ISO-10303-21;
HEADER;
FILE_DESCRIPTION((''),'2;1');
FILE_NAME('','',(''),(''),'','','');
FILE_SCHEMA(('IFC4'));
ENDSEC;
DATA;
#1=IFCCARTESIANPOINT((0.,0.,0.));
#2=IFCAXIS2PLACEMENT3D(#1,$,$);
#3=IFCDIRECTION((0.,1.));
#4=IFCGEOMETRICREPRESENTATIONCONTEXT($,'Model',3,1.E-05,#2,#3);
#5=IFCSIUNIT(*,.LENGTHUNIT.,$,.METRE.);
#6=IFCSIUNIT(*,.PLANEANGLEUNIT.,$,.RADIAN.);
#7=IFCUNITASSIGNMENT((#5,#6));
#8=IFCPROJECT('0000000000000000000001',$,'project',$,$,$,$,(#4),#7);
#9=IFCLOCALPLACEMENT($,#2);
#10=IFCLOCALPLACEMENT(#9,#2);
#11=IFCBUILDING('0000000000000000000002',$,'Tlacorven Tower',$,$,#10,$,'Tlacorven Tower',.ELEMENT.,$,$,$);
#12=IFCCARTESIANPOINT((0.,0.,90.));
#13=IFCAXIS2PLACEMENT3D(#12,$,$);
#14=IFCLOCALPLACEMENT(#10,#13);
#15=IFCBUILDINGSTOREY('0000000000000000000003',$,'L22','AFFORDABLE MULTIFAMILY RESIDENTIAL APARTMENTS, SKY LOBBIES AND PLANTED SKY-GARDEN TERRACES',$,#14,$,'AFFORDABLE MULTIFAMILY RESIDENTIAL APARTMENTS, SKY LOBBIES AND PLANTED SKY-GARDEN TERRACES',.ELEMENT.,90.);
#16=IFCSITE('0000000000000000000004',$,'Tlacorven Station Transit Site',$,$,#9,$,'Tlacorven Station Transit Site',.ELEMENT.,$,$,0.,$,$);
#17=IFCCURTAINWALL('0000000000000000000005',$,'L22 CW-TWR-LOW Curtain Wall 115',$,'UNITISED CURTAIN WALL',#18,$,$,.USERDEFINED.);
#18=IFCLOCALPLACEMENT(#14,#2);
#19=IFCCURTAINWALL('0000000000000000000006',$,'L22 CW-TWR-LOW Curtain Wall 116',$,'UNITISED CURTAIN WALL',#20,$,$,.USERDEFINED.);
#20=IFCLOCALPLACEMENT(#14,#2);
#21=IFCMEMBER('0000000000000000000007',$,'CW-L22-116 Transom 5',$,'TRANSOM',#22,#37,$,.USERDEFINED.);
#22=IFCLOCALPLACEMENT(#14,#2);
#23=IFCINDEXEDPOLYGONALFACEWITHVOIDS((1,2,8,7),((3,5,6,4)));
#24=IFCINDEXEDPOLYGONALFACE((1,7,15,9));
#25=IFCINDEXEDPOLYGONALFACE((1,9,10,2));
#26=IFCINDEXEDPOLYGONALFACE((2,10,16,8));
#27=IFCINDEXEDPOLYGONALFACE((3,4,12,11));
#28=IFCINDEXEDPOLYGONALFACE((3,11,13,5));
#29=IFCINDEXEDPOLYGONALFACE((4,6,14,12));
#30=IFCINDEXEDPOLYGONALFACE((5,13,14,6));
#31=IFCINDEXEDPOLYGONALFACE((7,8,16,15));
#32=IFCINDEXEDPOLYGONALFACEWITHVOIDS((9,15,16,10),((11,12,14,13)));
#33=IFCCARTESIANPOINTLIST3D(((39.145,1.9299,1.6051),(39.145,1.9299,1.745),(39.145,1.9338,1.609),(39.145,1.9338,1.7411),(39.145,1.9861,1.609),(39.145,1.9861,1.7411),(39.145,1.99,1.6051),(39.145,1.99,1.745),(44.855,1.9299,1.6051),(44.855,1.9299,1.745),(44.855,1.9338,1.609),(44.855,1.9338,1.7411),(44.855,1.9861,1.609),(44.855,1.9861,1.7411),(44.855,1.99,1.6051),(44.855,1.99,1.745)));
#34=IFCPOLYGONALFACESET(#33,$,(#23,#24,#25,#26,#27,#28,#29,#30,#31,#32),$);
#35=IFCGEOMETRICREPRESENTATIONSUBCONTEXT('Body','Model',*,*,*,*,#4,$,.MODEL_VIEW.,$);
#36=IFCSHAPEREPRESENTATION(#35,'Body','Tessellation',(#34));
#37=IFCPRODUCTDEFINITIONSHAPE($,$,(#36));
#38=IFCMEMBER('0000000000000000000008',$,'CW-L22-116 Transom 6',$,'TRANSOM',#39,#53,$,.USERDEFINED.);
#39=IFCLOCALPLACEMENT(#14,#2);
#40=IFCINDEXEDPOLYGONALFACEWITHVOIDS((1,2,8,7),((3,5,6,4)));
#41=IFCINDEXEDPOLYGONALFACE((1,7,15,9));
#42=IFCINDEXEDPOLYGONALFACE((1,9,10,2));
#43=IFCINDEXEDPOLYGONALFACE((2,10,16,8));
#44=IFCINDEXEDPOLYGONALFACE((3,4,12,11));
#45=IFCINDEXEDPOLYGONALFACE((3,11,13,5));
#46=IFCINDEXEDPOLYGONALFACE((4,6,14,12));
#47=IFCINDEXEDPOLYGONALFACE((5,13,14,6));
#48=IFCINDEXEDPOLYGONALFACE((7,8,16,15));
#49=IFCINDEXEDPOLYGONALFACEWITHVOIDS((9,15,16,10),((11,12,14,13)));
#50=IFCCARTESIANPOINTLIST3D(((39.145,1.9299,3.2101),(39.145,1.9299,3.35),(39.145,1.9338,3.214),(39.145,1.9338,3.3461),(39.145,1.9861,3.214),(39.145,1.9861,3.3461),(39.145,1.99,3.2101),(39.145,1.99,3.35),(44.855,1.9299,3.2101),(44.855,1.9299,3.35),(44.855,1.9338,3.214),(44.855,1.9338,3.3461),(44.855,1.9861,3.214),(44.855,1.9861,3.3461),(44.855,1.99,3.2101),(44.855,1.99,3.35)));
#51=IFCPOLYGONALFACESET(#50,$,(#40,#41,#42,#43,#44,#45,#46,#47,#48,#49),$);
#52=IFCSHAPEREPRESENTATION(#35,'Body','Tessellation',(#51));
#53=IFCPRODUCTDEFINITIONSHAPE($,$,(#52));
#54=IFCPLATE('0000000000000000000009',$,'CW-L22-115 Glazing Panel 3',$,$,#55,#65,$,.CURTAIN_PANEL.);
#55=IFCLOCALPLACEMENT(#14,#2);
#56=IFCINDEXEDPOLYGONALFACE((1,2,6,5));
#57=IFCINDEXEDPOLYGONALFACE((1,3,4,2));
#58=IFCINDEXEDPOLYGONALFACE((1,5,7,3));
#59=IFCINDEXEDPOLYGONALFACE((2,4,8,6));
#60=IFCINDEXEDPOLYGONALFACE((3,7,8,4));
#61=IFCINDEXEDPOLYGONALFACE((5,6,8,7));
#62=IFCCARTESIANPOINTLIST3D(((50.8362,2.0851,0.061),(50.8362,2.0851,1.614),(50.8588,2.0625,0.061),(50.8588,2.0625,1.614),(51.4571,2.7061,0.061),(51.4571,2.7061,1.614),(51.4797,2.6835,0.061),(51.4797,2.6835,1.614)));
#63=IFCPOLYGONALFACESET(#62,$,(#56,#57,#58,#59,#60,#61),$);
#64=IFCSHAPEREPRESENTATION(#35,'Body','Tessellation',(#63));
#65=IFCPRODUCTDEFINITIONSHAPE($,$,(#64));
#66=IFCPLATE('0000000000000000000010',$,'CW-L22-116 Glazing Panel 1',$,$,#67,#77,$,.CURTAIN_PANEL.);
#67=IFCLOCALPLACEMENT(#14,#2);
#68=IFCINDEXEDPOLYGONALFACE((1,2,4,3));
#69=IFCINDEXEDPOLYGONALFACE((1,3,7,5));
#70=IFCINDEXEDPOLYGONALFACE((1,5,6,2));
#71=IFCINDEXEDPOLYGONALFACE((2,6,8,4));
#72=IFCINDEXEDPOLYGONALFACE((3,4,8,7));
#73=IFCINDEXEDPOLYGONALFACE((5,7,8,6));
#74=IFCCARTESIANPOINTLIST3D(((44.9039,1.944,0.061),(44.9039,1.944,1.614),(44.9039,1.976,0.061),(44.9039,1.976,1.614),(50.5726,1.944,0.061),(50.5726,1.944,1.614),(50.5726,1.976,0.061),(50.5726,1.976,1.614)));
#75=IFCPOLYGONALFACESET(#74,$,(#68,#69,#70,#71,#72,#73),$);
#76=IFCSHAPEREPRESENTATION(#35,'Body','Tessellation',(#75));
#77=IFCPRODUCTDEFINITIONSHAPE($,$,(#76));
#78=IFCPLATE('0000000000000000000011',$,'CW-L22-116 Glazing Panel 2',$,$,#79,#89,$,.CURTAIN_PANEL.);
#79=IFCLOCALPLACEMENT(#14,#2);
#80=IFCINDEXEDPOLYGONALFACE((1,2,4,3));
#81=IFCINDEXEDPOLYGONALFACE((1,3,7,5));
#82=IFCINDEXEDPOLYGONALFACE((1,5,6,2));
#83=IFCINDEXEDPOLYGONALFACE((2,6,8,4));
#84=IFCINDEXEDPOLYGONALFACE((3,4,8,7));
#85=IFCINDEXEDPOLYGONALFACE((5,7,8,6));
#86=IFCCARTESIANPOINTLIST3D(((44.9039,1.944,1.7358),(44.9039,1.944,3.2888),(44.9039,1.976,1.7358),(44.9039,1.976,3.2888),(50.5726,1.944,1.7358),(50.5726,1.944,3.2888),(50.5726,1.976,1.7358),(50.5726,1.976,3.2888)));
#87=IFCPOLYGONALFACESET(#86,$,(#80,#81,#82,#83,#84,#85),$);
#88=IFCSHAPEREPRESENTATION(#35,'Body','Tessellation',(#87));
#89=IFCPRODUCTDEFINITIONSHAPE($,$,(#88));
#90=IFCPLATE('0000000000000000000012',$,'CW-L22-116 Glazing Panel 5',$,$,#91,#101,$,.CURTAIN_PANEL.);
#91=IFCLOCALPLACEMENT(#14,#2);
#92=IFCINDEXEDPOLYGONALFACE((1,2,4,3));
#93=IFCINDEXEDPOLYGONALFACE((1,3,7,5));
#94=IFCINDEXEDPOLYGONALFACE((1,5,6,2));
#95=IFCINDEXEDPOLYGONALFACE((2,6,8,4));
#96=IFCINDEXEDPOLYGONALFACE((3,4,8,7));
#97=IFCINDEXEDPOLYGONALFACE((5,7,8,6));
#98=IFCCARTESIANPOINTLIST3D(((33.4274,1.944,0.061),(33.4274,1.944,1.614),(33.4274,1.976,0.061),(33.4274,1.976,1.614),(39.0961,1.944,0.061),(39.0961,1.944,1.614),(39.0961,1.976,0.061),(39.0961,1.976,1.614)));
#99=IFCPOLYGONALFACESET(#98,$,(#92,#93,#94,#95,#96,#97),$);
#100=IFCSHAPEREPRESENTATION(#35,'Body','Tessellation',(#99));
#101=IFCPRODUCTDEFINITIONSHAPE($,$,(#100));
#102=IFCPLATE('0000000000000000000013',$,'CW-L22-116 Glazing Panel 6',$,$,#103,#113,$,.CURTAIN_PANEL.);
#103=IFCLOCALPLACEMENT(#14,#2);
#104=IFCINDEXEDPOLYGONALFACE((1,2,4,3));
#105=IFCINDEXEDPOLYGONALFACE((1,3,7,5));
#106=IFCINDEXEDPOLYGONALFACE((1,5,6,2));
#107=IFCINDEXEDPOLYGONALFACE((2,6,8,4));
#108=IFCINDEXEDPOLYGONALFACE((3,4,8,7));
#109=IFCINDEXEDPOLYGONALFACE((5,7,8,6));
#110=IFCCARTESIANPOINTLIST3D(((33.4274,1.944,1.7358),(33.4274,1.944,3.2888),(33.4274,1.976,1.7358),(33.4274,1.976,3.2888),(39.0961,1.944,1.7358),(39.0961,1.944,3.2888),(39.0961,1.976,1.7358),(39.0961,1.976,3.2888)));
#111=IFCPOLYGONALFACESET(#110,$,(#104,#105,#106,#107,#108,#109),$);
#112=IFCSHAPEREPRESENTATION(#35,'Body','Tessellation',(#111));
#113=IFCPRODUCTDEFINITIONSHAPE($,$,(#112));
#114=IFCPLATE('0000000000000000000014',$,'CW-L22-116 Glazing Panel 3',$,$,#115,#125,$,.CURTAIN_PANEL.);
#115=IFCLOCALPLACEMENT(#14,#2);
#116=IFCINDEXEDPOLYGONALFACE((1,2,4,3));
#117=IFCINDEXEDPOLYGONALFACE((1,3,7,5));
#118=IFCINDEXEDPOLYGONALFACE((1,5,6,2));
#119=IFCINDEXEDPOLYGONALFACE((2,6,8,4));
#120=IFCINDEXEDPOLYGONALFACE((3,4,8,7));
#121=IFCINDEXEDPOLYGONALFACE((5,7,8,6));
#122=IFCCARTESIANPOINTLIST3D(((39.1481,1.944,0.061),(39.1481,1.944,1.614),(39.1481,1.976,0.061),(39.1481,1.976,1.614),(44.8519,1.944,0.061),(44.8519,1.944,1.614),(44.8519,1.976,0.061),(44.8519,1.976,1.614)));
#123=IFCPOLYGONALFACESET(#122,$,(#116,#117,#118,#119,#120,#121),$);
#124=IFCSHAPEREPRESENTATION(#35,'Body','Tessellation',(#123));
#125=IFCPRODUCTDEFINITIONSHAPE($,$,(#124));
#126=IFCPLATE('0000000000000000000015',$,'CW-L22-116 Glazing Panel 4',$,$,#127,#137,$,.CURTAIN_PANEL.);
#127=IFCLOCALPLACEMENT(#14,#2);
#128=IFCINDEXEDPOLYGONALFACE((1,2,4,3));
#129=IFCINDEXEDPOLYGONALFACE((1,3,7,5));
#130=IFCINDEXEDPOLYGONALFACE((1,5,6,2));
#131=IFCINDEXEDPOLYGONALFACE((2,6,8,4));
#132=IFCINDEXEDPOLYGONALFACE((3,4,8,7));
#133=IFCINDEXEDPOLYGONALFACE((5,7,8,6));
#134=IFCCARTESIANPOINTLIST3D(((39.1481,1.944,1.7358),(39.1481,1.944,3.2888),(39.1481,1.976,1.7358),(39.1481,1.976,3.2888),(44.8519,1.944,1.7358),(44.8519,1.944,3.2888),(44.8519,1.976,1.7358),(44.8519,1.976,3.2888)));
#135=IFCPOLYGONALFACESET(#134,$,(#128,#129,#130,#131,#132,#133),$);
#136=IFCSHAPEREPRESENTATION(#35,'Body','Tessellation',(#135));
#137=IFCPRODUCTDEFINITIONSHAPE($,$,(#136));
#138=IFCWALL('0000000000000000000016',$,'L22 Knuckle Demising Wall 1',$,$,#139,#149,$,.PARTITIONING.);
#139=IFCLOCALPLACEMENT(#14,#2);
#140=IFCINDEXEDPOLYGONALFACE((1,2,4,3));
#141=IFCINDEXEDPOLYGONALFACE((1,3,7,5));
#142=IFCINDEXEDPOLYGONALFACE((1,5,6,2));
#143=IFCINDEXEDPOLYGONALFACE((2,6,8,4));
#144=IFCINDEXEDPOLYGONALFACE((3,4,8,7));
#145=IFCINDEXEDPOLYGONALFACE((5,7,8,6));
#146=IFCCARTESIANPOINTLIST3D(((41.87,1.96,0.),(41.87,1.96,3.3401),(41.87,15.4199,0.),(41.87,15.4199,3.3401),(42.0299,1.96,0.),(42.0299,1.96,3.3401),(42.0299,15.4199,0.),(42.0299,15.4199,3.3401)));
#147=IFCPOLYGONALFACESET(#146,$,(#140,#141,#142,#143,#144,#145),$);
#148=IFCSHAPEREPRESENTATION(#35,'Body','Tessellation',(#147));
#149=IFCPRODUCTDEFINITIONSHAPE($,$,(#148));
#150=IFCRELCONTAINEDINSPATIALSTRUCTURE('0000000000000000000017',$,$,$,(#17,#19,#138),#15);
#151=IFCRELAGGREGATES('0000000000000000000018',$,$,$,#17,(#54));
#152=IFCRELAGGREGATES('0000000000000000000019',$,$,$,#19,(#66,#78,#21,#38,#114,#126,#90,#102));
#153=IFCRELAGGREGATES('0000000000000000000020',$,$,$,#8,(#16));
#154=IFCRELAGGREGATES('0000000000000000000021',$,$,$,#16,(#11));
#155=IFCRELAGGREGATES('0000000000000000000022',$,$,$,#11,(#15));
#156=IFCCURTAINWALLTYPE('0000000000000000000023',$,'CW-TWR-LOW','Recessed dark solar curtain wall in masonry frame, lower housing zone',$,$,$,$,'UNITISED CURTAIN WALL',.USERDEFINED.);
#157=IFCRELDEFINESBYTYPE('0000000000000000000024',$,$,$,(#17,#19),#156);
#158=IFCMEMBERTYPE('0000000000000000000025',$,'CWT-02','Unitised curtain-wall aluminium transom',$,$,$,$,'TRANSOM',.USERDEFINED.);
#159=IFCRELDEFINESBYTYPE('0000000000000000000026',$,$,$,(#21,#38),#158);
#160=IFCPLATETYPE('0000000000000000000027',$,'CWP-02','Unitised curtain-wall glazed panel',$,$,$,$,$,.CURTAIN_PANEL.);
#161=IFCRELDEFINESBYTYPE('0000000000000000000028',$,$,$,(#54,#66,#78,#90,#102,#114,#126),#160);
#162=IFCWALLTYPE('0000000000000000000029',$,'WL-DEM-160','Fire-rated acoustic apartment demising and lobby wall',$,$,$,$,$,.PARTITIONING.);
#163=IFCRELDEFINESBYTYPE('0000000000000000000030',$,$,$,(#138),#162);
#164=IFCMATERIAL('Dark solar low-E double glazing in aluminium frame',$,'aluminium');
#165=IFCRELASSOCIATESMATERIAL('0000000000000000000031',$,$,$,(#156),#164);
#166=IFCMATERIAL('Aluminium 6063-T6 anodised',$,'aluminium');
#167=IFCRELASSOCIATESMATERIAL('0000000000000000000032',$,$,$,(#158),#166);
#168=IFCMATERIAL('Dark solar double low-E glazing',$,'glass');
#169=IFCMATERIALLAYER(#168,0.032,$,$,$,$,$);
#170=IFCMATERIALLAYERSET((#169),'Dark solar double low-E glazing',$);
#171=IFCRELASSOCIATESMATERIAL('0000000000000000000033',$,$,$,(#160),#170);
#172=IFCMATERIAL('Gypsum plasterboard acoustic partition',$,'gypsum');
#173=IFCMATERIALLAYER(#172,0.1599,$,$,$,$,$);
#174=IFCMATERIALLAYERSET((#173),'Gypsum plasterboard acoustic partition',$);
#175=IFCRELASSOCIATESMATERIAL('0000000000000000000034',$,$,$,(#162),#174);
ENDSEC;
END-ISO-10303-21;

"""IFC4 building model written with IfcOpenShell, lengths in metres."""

from ifc_helpers import new_model, si_unit, direction, frame, frame_2d, origin, origin_2d, place, context, subcontext, project, spatial, rectangle, hollow_rectangle, extrude, source, transform, mapped, material, layer, layer_set, material_profile, profile_set, type_object, element, aggregate, save


model = new_model("IFC4")

# Units and contexts
model_context = context("Model", 3, precision=1e-05, world=origin(), true_north=direction((0.0, 1.0)))
body_context = subcontext(model_context, "Body", "Model", "MODEL_VIEW")
ifc_project = project(units=[si_unit("LENGTHUNIT", "METRE"), si_unit("PLANEANGLEUNIT", "RADIAN")], contexts=[model_context])

# Site, building, storey
site_placement = place(None, origin())
site = spatial("IfcSite", under=ifc_project, at=site_placement, Name="Tlacorven Station Transit Site", LongName="Tlacorven Station Transit Site", CompositionType="ELEMENT", RefElevation=0.0)
building_placement = place(site_placement, origin())
building = spatial("IfcBuilding", under=site, at=building_placement, Name="Tlacorven Tower", LongName="Tlacorven Tower", CompositionType="ELEMENT")
storey_placement = place(building_placement, frame((0.0, 0.0, 90.0)))
storey = spatial("IfcBuildingStorey", under=building, at=storey_placement, Name="L22", Description="AFFORDABLE MULTIFAMILY RESIDENTIAL APARTMENTS, SKY LOBBIES AND PLANTED SKY-GARDEN TERRACES", LongName="AFFORDABLE MULTIFAMILY RESIDENTIAL APARTMENTS, SKY LOBBIES AND PLANTED SKY-GARDEN TERRACES", CompositionType="ELEMENT", Elevation=90.0)

# Curtain wall
ifc_material_1 = material(Name="Dark solar low-E double glazing in aluminium frame", Category="aluminium")
curtain_wall_type = type_object("IfcCurtainWallType", Name="CW-TWR-LOW", Description="Recessed dark solar curtain wall in masonry frame, lower housing zone", ElementType="UNITISED CURTAIN WALL", PredefinedType="USERDEFINED", material=ifc_material_1)
curtain_wall_1_placement = place(storey_placement, origin())
curtain_wall_1 = element("IfcCurtainWall", 1, at=curtain_wall_1_placement, inside=storey, type_object=curtain_wall_type, Name="L22 CW-TWR-LOW Curtain Wall 115", ObjectType="UNITISED CURTAIN WALL", PredefinedType="USERDEFINED")
ifc_material_2 = material(Name="Aluminium 6063-T6 anodised", Category="aluminium")

# Curtain wall, members
curtain_wall_2_placement = place(storey_placement, origin())
curtain_wall_2 = element("IfcCurtainWall", 2, at=curtain_wall_2_placement, inside=storey, type_object=curtain_wall_type, Name="L22 CW-TWR-LOW Curtain Wall 116", ObjectType="UNITISED CURTAIN WALL", PredefinedType="USERDEFINED")
ifc_material_profile_1 = material_profile(ifc_material_2, hollow_rectangle(XDim=0.0601, YDim=0.1399, WallThickness=0.0039, at=origin_2d()), Name="ALU TRANSOM 60X140")
ifc_profile_set_1 = profile_set([ifc_material_profile_1], Name="Aluminium 6063-T6 anodised")
member_type_1 = type_object("IfcMemberType", Name="CWT-02", Description="Unitised curtain-wall aluminium transom", ElementType="TRANSOM", PredefinedType="USERDEFINED", material=ifc_profile_set_1)
shared_shape_1 = source(origin(), body_context, "Body", "SweptSolid", [
    extrude(hollow_rectangle(XDim=0.0601, YDim=0.1399, WallThickness=0.0039, at=origin_2d()), origin(), (0.0, 0.0, 1.0), 5.71),
])
member_1_placement = place(storey_placement, frame((44.855, 1.96, 1.675), z_axis=(-1.0, 0.0, 0.0), x_axis=(0.0, -1.0, 0.0)))
member_1 = element("IfcMember", 3, at=member_1_placement, type_object=member_type_1, Name="CW-L22-116 Transom 5", ObjectType="TRANSOM", PredefinedType="USERDEFINED", context=body_context, shape_type="MappedRepresentation", body=[
    mapped(shared_shape_1, transform((0.0, 0.0, 0.0), scale=1.0)),
])
member_2_placement = place(storey_placement, frame((44.855, 1.96, 3.28), z_axis=(-1.0, 0.0, 0.0), x_axis=(0.0, -1.0, 0.0)))
member_2 = element("IfcMember", 4, at=member_2_placement, type_object=member_type_1, Name="CW-L22-116 Transom 6", ObjectType="TRANSOM", PredefinedType="USERDEFINED", context=body_context, shape_type="MappedRepresentation", body=[
    mapped(shared_shape_1, transform((0.0, 0.0, 0.0), scale=1.0)),
])

# Plates
ifc_material_3 = material(Name="Dark solar double low-E glazing", Category="glass")
ifc_layer_1 = layer(ifc_material_3, 0.032)
ifc_layer_set_1 = layer_set([ifc_layer_1], Name="Dark solar double low-E glazing")
plate_type = type_object("IfcPlateType", Name="CWP-02", Description="Unitised curtain-wall glazed panel", PredefinedType="CURTAIN_PANEL", material=ifc_layer_set_1)
shared_shape_2 = source(origin(), body_context, "Body", "SweptSolid", [
    extrude(rectangle(XDim=0.8782, YDim=0.032, at=origin_2d()), origin(), (0.0, 0.0, 1.0), 1.553),
])
plate_1_placement = place(storey_placement, frame((51.158, 2.3843, 0.061), z_axis=(0.0, 0.0, 1.0), x_axis=(-0.707107, -0.707107, 0.0)))
plate_1 = element("IfcPlate", 5, at=plate_1_placement, type_object=plate_type, Name="CW-L22-115 Glazing Panel 3", PredefinedType="CURTAIN_PANEL", context=body_context, shape_type="MappedRepresentation", body=[
    mapped(shared_shape_2, transform((0.0, 0.0, 0.0), scale=1.0)),
])
aggregate(curtain_wall_1, [plate_1])
shared_shape_3 = source(origin(), body_context, "Body", "SweptSolid", [
    extrude(rectangle(XDim=5.6687, YDim=0.032, at=origin_2d()), origin(), (0.0, 0.0, 1.0), 1.553),
])
plate_2_placement = place(storey_placement, frame((47.7383, 1.96, 0.061), z_axis=(0.0, 0.0, 1.0), x_axis=(-1.0, 0.0, 0.0)))
plate_2 = element("IfcPlate", 6, at=plate_2_placement, type_object=plate_type, Name="CW-L22-116 Glazing Panel 1", PredefinedType="CURTAIN_PANEL", context=body_context, shape_type="MappedRepresentation", body=[
    mapped(shared_shape_3, transform((0.0, 0.0, 0.0), scale=1.0)),
])
plate_3_placement = place(storey_placement, frame((47.7383, 1.96, 1.7358), z_axis=(0.0, 0.0, 1.0), x_axis=(-1.0, 0.0, 0.0)))
plate_3 = element("IfcPlate", 7, at=plate_3_placement, type_object=plate_type, Name="CW-L22-116 Glazing Panel 2", PredefinedType="CURTAIN_PANEL", context=body_context, shape_type="MappedRepresentation", body=[
    mapped(shared_shape_3, transform((0.0, 0.0, 0.0), scale=1.0)),
])
plate_4_placement = place(storey_placement, frame((36.2617, 1.96, 0.061), z_axis=(0.0, 0.0, 1.0), x_axis=(-1.0, 0.0, 0.0)))
plate_4 = element("IfcPlate", 8, at=plate_4_placement, type_object=plate_type, Name="CW-L22-116 Glazing Panel 5", PredefinedType="CURTAIN_PANEL", context=body_context, shape_type="MappedRepresentation", body=[
    mapped(shared_shape_3, transform((0.0, 0.0, 0.0), scale=1.0)),
])
plate_5_placement = place(storey_placement, frame((36.2617, 1.96, 1.7358), z_axis=(0.0, 0.0, 1.0), x_axis=(-1.0, 0.0, 0.0)))
plate_5 = element("IfcPlate", 9, at=plate_5_placement, type_object=plate_type, Name="CW-L22-116 Glazing Panel 6", PredefinedType="CURTAIN_PANEL", context=body_context, shape_type="MappedRepresentation", body=[
    mapped(shared_shape_3, transform((0.0, 0.0, 0.0), scale=1.0)),
])
shared_shape_4 = source(origin(), body_context, "Body", "SweptSolid", [
    extrude(rectangle(XDim=5.7039, YDim=0.032, at=origin_2d()), origin(), (0.0, 0.0, 1.0), 1.553),
])
plate_6_placement = place(storey_placement, frame((42.0, 1.96, 0.061), z_axis=(0.0, 0.0, 1.0), x_axis=(-1.0, 0.0, 0.0)))
plate_6 = element("IfcPlate", 10, at=plate_6_placement, type_object=plate_type, Name="CW-L22-116 Glazing Panel 3", PredefinedType="CURTAIN_PANEL", context=body_context, shape_type="MappedRepresentation", body=[
    mapped(shared_shape_4, transform((0.0, 0.0, 0.0), scale=1.0)),
])
plate_7_placement = place(storey_placement, frame((42.0, 1.96, 1.7358), z_axis=(0.0, 0.0, 1.0), x_axis=(-1.0, 0.0, 0.0)))
plate_7 = element("IfcPlate", 11, at=plate_7_placement, type_object=plate_type, Name="CW-L22-116 Glazing Panel 4", PredefinedType="CURTAIN_PANEL", context=body_context, shape_type="MappedRepresentation", body=[
    mapped(shared_shape_4, transform((0.0, 0.0, 0.0), scale=1.0)),
])
aggregate(curtain_wall_2, [plate_2, plate_3, member_1, member_2, plate_6, plate_7, plate_4, plate_5])

# Wall
ifc_material_4 = material(Name="Gypsum plasterboard acoustic partition", Category="gypsum")
ifc_layer_2 = layer(ifc_material_4, 0.1599)
ifc_layer_set_2 = layer_set([ifc_layer_2], Name="Gypsum plasterboard acoustic partition")
wall_type_1 = type_object("IfcWallType", Name="WL-DEM-160", Description="Fire-rated acoustic apartment demising and lobby wall", PredefinedType="PARTITIONING", material=ifc_layer_set_2)
wall_1_placement = place(storey_placement, frame((41.95, 1.96, 0.0), z_axis=(0.0, 0.0, 1.0), x_axis=(0.0, 1.0, 0.0)))
element("IfcWall", 12, at=wall_1_placement, inside=storey, type_object=wall_type_1, Name="L22 Knuckle Demising Wall 1", PredefinedType="PARTITIONING", context=body_context, shape_type="SweptSolid", body=[
    extrude(rectangle(XDim=13.46, YDim=0.1599, at=frame_2d((6.73, 0.0))), origin(), (0.0, 0.0, 1.0), 3.3401),
])

save(model, "model.ifc")
